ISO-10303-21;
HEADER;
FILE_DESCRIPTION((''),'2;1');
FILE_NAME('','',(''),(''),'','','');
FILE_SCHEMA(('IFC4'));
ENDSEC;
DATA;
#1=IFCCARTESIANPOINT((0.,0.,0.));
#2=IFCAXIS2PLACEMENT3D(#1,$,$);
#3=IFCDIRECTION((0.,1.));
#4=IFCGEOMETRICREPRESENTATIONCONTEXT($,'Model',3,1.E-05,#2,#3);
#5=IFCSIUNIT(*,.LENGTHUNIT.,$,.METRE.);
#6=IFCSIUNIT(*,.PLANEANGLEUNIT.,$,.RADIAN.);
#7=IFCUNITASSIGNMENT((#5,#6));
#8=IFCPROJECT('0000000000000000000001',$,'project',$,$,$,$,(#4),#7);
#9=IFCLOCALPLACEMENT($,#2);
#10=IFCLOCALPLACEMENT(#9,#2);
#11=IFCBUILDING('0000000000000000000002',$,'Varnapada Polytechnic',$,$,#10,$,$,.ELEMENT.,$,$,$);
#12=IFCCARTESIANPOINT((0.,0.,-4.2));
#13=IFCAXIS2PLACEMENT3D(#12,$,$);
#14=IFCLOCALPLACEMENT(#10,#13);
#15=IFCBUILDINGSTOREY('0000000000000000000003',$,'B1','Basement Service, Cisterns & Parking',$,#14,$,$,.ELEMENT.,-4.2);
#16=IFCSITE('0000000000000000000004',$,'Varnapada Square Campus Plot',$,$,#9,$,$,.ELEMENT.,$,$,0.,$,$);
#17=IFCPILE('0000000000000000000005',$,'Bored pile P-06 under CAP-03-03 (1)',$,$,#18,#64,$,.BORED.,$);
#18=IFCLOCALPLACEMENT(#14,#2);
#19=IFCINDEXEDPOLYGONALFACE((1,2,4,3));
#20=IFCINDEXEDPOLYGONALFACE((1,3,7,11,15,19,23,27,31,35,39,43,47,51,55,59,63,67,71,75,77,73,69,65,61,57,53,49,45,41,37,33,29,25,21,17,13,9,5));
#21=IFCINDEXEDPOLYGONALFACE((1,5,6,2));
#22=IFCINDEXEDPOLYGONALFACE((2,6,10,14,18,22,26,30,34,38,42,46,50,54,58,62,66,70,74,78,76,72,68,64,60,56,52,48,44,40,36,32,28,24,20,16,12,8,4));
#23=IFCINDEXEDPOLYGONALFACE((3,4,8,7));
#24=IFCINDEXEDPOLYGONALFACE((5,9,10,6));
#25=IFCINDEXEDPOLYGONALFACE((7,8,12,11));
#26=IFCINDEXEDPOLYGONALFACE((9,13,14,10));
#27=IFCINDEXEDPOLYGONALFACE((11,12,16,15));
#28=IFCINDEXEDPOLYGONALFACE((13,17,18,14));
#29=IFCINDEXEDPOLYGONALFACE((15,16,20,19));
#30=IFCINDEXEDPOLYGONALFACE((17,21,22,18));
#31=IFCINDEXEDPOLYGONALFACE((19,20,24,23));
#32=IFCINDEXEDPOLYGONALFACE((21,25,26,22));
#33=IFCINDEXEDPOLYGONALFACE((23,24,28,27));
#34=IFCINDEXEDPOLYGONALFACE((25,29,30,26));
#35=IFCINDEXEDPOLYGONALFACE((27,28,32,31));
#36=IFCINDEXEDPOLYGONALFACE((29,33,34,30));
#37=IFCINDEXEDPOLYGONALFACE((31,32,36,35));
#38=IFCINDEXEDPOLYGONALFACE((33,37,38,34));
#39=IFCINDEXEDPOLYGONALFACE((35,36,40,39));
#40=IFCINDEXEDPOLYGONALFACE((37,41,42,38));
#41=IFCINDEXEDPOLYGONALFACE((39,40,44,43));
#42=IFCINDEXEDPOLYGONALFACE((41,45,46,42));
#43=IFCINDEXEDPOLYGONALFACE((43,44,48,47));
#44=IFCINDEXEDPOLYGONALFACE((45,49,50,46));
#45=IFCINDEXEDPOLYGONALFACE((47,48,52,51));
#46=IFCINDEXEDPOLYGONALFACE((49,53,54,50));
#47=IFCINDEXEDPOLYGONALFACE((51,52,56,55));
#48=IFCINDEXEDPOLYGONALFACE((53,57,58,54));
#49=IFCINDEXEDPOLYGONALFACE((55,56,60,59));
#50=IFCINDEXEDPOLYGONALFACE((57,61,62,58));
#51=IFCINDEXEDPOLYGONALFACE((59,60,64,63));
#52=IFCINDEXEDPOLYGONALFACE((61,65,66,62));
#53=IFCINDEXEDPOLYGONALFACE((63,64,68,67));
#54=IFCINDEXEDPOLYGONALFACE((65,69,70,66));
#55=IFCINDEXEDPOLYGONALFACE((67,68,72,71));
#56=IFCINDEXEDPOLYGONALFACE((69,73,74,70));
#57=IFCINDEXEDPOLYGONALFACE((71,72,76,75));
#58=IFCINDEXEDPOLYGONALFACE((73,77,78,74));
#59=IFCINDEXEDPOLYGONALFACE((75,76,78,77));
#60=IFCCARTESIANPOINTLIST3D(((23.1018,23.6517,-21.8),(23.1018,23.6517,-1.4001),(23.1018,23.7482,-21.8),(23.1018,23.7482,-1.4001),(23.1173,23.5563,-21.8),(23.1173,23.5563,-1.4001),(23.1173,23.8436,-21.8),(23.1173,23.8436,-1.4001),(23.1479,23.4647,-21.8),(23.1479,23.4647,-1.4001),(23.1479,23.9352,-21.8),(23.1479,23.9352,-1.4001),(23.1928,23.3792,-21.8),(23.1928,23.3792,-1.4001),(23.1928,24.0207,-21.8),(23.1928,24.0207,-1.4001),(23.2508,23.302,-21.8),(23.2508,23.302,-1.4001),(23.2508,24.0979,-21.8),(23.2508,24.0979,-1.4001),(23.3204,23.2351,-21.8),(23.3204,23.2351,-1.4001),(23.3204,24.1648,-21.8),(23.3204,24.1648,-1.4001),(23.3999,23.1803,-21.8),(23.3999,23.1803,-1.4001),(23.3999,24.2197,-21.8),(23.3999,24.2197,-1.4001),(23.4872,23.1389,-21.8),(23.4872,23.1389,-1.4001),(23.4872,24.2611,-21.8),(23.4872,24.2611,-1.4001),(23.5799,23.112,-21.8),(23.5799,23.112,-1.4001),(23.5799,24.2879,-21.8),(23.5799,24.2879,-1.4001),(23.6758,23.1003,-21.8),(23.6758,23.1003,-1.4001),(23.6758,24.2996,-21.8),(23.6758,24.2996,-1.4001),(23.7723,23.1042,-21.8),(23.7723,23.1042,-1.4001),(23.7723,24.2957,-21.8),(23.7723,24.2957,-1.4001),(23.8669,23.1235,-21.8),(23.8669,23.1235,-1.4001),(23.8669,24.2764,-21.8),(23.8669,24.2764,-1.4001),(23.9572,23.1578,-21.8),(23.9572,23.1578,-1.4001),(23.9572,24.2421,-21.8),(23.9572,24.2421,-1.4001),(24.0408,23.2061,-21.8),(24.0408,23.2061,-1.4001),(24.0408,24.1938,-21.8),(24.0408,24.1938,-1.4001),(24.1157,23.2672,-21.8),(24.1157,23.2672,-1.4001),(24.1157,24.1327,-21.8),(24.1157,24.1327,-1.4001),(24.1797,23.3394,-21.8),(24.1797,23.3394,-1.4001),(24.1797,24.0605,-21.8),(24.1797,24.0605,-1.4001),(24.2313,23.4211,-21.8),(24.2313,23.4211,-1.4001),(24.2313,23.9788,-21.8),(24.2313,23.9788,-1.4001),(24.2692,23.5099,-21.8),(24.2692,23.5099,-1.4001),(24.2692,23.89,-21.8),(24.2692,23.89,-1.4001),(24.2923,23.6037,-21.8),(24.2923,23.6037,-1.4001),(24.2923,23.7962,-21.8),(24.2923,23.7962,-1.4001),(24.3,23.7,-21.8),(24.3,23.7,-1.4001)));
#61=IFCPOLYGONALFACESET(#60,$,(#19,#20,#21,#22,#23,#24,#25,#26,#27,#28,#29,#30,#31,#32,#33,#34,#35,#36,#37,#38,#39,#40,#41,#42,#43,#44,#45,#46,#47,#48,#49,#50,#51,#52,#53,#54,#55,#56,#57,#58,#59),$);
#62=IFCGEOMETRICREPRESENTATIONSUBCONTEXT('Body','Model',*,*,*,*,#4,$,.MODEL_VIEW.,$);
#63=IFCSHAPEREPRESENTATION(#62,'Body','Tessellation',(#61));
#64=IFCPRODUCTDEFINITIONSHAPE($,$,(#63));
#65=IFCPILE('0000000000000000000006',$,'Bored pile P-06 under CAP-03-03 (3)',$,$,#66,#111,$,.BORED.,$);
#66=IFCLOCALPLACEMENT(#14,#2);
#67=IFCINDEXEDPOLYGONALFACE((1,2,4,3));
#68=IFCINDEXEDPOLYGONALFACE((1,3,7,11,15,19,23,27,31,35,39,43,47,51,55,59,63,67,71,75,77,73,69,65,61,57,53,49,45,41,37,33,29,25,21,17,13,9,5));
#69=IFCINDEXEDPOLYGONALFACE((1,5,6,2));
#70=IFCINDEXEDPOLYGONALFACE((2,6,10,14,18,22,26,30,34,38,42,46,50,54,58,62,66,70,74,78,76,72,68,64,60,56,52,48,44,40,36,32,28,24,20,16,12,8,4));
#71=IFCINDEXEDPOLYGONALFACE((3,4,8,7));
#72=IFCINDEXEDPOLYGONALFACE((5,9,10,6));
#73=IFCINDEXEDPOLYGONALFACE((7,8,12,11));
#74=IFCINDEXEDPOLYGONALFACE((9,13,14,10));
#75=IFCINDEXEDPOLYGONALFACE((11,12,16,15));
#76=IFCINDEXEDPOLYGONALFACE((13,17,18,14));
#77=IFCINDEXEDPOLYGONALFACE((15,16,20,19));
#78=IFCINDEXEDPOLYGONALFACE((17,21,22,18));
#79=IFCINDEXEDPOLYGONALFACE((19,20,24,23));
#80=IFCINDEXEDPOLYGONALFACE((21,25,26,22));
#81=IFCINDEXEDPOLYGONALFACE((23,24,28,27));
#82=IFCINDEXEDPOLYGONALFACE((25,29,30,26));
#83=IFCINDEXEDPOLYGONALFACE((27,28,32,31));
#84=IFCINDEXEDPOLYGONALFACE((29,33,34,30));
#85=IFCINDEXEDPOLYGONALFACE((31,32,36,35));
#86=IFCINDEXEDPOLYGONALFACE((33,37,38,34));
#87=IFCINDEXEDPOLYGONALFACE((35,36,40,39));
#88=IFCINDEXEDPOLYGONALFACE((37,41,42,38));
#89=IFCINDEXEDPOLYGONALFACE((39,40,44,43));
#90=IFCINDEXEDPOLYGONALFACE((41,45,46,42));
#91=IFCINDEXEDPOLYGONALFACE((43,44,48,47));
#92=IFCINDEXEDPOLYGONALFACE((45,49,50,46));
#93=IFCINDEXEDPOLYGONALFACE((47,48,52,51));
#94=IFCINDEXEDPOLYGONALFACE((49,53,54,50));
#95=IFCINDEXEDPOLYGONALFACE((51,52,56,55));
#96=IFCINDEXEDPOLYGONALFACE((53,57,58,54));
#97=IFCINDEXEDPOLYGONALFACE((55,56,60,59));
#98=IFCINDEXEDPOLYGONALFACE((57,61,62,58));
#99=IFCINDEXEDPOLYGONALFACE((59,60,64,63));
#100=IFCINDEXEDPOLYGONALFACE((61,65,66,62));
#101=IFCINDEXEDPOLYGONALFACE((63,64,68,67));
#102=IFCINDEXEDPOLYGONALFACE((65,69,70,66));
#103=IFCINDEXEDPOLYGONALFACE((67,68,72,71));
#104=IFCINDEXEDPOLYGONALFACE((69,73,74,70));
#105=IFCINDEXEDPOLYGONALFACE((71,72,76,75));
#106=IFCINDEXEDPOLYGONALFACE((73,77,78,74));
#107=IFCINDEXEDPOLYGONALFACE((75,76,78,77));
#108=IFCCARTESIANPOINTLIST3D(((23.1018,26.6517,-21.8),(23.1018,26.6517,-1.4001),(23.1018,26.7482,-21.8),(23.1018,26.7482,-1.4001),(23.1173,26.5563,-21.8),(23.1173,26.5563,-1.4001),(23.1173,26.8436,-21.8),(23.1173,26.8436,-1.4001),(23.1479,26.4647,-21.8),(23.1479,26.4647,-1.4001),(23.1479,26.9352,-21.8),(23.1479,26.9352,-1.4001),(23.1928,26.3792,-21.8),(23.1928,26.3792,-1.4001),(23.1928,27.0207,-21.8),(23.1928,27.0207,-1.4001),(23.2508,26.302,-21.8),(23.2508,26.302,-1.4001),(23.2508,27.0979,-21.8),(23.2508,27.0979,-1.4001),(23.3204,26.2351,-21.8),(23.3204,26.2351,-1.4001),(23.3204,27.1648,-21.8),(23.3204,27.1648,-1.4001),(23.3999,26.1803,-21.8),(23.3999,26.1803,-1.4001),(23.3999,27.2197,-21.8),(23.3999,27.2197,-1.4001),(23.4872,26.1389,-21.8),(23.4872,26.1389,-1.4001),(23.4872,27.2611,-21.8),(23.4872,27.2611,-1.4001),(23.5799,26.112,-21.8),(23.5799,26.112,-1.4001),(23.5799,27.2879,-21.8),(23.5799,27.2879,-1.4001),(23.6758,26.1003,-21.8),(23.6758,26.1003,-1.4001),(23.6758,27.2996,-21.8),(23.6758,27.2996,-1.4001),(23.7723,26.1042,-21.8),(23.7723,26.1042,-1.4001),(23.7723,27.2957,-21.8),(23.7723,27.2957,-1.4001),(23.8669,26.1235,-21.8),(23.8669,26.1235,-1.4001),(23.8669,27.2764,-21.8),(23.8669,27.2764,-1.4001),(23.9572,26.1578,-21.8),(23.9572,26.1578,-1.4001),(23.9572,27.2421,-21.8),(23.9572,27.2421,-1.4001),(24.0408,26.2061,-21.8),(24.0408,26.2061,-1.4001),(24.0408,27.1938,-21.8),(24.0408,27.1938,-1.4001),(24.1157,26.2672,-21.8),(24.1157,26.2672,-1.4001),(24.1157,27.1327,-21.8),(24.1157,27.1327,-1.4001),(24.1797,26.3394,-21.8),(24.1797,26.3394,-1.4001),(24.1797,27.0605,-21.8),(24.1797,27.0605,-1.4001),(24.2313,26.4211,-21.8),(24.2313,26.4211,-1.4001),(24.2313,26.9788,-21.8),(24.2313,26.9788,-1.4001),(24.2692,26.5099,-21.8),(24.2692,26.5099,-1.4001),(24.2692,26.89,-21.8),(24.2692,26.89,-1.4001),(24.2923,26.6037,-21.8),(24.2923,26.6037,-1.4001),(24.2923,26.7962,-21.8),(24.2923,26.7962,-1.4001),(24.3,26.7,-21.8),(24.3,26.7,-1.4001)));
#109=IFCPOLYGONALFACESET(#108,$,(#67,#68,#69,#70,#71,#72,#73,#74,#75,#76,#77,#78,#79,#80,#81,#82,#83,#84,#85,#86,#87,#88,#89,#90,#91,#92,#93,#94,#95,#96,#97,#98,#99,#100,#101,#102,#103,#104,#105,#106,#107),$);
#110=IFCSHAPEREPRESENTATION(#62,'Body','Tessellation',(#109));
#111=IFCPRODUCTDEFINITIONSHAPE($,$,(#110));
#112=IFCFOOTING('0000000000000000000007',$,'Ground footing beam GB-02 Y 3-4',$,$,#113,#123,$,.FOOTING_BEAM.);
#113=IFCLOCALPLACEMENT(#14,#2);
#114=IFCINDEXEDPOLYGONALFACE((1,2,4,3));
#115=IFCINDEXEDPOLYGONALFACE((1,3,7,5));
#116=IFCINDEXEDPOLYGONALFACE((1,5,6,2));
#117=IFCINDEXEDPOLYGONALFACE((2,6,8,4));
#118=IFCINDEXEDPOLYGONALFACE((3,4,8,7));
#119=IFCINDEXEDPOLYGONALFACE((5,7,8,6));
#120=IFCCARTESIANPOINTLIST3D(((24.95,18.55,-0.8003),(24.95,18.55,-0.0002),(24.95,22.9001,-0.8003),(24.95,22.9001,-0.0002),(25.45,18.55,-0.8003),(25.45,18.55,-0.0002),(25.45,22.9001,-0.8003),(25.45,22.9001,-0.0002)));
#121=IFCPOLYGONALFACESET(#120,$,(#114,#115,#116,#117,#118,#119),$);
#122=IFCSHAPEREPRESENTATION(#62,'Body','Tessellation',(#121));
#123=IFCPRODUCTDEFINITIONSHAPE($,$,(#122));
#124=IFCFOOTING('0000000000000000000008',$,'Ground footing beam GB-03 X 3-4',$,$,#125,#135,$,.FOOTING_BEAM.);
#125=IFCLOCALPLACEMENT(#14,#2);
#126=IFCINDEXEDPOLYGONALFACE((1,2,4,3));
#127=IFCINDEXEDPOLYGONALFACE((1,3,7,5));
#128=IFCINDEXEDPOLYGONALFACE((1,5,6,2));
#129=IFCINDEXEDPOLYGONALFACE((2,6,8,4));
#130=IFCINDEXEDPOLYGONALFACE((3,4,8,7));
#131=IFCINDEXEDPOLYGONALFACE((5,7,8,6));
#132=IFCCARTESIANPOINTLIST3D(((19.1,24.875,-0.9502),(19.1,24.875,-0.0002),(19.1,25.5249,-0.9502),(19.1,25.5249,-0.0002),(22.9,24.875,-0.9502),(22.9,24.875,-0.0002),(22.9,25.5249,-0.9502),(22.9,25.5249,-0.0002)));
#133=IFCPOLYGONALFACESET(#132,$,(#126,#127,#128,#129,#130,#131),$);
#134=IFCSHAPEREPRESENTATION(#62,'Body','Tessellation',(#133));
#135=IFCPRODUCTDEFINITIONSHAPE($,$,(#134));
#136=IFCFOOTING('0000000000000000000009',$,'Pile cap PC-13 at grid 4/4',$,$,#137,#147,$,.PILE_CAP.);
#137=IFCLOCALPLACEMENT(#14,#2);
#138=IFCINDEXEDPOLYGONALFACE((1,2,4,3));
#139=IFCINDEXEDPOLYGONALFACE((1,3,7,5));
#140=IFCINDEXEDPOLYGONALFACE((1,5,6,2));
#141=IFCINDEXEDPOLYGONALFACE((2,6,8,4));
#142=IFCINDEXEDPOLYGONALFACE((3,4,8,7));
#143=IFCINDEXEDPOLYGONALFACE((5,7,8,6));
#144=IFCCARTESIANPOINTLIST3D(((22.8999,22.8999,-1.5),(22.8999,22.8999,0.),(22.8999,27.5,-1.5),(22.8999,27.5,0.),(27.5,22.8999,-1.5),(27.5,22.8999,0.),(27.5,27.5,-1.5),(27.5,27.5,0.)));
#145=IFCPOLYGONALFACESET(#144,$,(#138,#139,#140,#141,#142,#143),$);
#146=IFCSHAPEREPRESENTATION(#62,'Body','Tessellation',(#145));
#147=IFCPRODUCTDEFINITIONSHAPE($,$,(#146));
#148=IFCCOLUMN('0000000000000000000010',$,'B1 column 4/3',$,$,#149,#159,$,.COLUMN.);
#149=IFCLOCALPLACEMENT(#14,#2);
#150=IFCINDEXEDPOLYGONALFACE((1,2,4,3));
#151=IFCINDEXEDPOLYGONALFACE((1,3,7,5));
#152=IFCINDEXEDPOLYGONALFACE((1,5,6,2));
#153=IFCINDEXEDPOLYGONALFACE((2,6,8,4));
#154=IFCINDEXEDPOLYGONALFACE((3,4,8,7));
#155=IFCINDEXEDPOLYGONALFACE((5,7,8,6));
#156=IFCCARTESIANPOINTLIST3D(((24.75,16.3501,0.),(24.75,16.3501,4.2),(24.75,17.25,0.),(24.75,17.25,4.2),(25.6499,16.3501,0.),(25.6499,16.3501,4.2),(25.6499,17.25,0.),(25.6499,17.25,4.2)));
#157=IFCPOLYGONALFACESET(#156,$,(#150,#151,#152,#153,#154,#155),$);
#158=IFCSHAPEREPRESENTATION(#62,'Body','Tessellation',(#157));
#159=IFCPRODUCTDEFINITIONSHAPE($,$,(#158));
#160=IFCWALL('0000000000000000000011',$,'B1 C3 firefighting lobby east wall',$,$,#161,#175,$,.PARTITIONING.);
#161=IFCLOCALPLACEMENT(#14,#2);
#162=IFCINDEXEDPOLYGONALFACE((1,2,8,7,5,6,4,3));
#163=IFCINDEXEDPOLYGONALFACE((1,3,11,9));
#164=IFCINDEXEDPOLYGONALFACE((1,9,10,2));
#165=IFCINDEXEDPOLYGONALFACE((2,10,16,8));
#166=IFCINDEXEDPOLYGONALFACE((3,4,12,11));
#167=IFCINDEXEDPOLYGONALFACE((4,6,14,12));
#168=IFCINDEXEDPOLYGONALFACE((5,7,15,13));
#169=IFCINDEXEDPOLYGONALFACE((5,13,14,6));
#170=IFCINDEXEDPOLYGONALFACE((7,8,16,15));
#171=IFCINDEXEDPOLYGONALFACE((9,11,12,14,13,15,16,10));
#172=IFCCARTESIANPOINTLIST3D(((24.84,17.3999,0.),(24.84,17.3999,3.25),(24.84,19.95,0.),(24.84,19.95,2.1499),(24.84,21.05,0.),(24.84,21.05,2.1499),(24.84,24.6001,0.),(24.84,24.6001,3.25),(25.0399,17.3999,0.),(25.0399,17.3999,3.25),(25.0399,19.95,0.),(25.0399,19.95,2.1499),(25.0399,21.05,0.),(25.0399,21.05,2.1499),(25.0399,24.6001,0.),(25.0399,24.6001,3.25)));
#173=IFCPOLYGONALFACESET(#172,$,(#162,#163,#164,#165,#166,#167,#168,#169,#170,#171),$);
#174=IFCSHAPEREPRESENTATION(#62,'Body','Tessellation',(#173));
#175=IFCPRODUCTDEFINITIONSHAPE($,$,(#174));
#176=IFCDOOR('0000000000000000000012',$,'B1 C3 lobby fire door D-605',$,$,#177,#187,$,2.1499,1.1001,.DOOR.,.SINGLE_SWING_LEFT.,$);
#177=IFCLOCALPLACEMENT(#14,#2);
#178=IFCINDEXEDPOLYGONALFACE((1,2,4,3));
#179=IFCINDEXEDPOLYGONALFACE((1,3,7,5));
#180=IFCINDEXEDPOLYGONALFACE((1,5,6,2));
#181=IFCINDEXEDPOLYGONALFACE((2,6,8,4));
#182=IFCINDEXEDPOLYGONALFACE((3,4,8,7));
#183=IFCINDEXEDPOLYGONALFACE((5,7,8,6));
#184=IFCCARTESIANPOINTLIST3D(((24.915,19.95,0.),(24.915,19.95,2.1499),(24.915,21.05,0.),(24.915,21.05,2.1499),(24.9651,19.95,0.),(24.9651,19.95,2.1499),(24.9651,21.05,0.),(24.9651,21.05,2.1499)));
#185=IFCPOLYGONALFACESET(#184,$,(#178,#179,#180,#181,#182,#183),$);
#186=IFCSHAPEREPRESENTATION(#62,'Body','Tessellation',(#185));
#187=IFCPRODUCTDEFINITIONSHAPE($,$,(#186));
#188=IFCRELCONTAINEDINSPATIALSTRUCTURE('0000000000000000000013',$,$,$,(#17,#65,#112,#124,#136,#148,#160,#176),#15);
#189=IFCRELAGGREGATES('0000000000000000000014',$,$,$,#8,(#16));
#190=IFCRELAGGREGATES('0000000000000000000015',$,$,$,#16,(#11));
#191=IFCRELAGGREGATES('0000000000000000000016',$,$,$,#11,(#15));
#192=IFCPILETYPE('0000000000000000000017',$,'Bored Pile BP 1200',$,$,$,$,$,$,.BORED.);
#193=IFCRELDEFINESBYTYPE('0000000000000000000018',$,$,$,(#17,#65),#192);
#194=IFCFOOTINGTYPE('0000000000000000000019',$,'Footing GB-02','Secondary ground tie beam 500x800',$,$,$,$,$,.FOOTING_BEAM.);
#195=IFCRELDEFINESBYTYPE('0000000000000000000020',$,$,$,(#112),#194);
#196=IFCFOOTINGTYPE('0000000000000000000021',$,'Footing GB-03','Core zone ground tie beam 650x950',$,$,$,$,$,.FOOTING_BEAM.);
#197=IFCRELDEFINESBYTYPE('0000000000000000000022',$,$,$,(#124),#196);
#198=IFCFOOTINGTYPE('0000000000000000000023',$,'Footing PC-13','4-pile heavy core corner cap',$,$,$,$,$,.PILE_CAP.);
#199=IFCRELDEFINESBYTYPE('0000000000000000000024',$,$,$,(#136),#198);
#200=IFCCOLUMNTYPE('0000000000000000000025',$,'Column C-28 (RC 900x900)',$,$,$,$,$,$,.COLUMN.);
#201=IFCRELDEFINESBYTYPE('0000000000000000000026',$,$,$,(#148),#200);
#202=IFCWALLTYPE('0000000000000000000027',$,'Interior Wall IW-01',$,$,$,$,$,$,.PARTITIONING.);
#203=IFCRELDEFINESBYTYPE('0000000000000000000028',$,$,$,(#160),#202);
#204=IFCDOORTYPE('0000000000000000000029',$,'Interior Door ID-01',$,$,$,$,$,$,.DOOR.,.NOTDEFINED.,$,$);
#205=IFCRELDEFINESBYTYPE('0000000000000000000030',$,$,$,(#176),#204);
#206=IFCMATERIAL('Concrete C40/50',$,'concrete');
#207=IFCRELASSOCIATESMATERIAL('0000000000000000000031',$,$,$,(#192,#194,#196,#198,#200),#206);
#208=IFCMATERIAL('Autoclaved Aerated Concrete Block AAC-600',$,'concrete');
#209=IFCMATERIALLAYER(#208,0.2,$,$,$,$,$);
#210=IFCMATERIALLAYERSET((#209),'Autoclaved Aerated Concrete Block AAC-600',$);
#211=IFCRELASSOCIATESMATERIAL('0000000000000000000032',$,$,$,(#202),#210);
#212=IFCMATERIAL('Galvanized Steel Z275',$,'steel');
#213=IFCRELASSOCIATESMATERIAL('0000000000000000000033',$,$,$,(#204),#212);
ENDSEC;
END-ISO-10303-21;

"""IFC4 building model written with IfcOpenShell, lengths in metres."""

from ifc_helpers import new_model, si_unit, direction, frame, frame_2d, origin, origin_2d, place, context, subcontext, project, spatial, rectangle, circle, extrude, material, layer, layer_set, material_profile, profile_set, type_object, element, fill, save


model = new_model("IFC4")

# Units and contexts
model_context = context("Model", 3, precision=1e-05, world=origin(), true_north=direction((0.0, 1.0)))
body_context = subcontext(model_context, "Body", "Model", "MODEL_VIEW")
ifc_project = project(units=[si_unit("LENGTHUNIT", "METRE"), si_unit("PLANEANGLEUNIT", "RADIAN")], contexts=[model_context])

# Site, building, storey
site_placement = place(None, origin())
site = spatial("IfcSite", under=ifc_project, at=site_placement, Name="Varnapada Square Campus Plot", CompositionType="ELEMENT", RefElevation=0.0)
building_placement = place(site_placement, origin())
building = spatial("IfcBuilding", under=site, at=building_placement, Name="Varnapada Polytechnic", CompositionType="ELEMENT")
storey_placement = place(building_placement, frame((0.0, 0.0, -4.2)))
storey = spatial("IfcBuildingStorey", under=building, at=storey_placement, Name="B1", Description="Basement Service, Cisterns & Parking", CompositionType="ELEMENT", Elevation=-4.2)

# Piles
ifc_material_1 = material(Name="Concrete C40/50", Category="concrete")
ifc_material_profile_1 = material_profile(ifc_material_1, circle(Radius=0.6001, at=origin_2d()), Name="BP 1200")
ifc_profile_set_1 = profile_set([ifc_material_profile_1], Name="Concrete C40/50")
pile_type_1 = type_object("IfcPileType", Name="Bored Pile BP 1200", PredefinedType="BORED", material=ifc_profile_set_1)
for number, where, z_axis, x_axis, name in (
    (1, (23.7, 23.7, -1.4001), (0.0, 0.0, -1.0), (1.0, 0.0, 0.0), "Bored pile P-06 under CAP-03-03 (1)"),
    (2, (23.7, 26.7, -1.4001), (0.0, 0.0, -1.0), (1.0, 0.0, 0.0), "Bored pile P-06 under CAP-03-03 (3)"),
):
    element("IfcPile", number, at=place(storey_placement, frame(where, z_axis=z_axis, x_axis=x_axis)), inside=storey, type_object=pile_type_1, Name=name, PredefinedType="BORED", context=body_context, shape_type="SweptSolid", body=[
        extrude(circle(Radius=0.6001, at=origin_2d()), origin(), (0.0, 0.0, 1.0), 20.3999),
    ])

# Footings
footing_type_1 = type_object("IfcFootingType", Name="Footing GB-02", Description="Secondary ground tie beam 500x800", PredefinedType="FOOTING_BEAM", material=ifc_material_1)
footing_1_placement = place(storey_placement, frame((25.2, 20.7251, -0.8003), z_axis=(0.0, 0.0, 1.0), x_axis=(0.0, 1.0, 0.0)))
element("IfcFooting", 3, at=footing_1_placement, inside=storey, type_object=footing_type_1, Name="Ground footing beam GB-02 Y 3-4", PredefinedType="FOOTING_BEAM", context=body_context, shape_type="SweptSolid", body=[
    extrude(rectangle(XDim=4.3501, YDim=0.5, at=origin_2d()), origin(), (0.0, 0.0, 1.0), 0.8),
])
footing_type_2 = type_object("IfcFootingType", Name="Footing GB-03", Description="Core zone ground tie beam 650x950", PredefinedType="FOOTING_BEAM", material=ifc_material_1)
footing_2_placement = place(storey_placement, frame((21.0, 25.2, -0.9502), z_axis=(0.0, 0.0, 1.0), x_axis=(1.0, 0.0, 0.0)))
element("IfcFooting", 4, at=footing_2_placement, inside=storey, type_object=footing_type_2, Name="Ground footing beam GB-03 X 3-4", PredefinedType="FOOTING_BEAM", context=body_context, shape_type="SweptSolid", body=[
    extrude(rectangle(XDim=3.8, YDim=0.6499, at=origin_2d()), origin(), (0.0, 0.0, 1.0), 0.95),
])
footing_type_3 = type_object("IfcFootingType", Name="Footing PC-13", Description="4-pile heavy core corner cap", PredefinedType="PILE_CAP", material=ifc_material_1)
footing_3_placement = place(storey_placement, frame((25.2, 25.2, -1.5), z_axis=(0.0, 0.0, 1.0), x_axis=(1.0, 0.0, 0.0)))
element("IfcFooting", 5, at=footing_3_placement, inside=storey, type_object=footing_type_3, Name="Pile cap PC-13 at grid 4/4", PredefinedType="PILE_CAP", context=body_context, shape_type="SweptSolid", body=[
    extrude(rectangle(XDim=4.6001, YDim=4.6001, at=origin_2d()), origin(), (0.0, 0.0, 1.0), 1.5),
])

# Column
ifc_material_profile_2 = material_profile(ifc_material_1, rectangle(XDim=0.8999, YDim=0.8999, at=origin_2d()), Name="RC 900x900")
ifc_profile_set_2 = profile_set([ifc_material_profile_2], Name="Concrete C40/50")
column_type = type_object("IfcColumnType", Name="Column C-28 (RC 900x900)", PredefinedType="COLUMN", material=ifc_profile_set_2)
column_placement = place(storey_placement, frame((25.2, 16.8, 0.0), z_axis=(0.0, 0.0, 1.0), x_axis=(1.0, 0.0, 0.0)))
element("IfcColumn", 6, at=column_placement, inside=storey, type_object=column_type, Name="B1 column 4/3", PredefinedType="COLUMN", context=body_context, shape_type="SweptSolid", body=[
    extrude(rectangle(XDim=0.8999, YDim=0.8999, at=origin_2d()), origin(), (0.0, 0.0, 1.0), 4.2),
])

# Wall, opening, door
ifc_material_2 = material(Name="Autoclaved Aerated Concrete Block AAC-600", Category="concrete")
ifc_layer_1 = layer(ifc_material_2, 0.2)
ifc_layer_set_1 = layer_set([ifc_layer_1], Name="Autoclaved Aerated Concrete Block AAC-600")
wall_type_1 = type_object("IfcWallType", Name="Interior Wall IW-01", PredefinedType="PARTITIONING", material=ifc_layer_set_1)
wall_1_placement = place(storey_placement, frame((24.9399, 24.6001, 0.0), z_axis=(0.0, 0.0, 1.0), x_axis=(0.0, -1.0, 0.0)))
wall_1 = element("IfcWall", 7, at=wall_1_placement, inside=storey, type_object=wall_type_1, Name="B1 C3 firefighting lobby east wall", PredefinedType="PARTITIONING", context=body_context, shape_type="SweptSolid", body=[
    extrude(rectangle(XDim=7.2002, YDim=0.2, at=frame_2d((3.6001, 0.0))), origin(), (0.0, 0.0, 1.0), 3.25),
])
opening_1_placement = place(wall_1_placement, frame((3.55, 0.0, 0.0)))
opening_1 = element("IfcOpeningElement", 8, at=opening_1_placement, cuts=wall_1, PredefinedType="OPENING", context=body_context, shape_type="SweptSolid", body=[
    extrude(rectangle(XDim=1.1001, YDim=2.1499, at=frame_2d((0.55, 1.075))), frame((0.0, 0.1099, 0.0), z_axis=(0.0, -1.0, 0.0), x_axis=(1.0, 0.0, 0.0)), (0.0, 0.0, 1.0), 0.22),
])
ifc_material_3 = material(Name="Galvanized Steel Z275", Category="steel")
door_type_1 = type_object("IfcDoorType", Name="Interior Door ID-01", OperationType="NOTDEFINED", PredefinedType="DOOR", material=ifc_material_3)
door_1_placement = place(opening_1_placement, frame((1.1001, 0.0, 0.0), z_axis=(0.0, 0.0, 1.0), x_axis=(-1.0, 0.0, 0.0)))
door_1 = element("IfcDoor", 9, at=door_1_placement, inside=storey, type_object=door_type_1, Name="B1 C3 lobby fire door D-605", OperationType="SINGLE_SWING_LEFT", OverallHeight=2.1499, OverallWidth=1.1001, PredefinedType="DOOR", context=body_context, shape_type="SweptSolid", body=[
    extrude(rectangle(XDim=1.1001, YDim=2.1499, at=frame_2d((0.55, 1.075))), frame((0.0, 0.0249, 0.0), z_axis=(0.0, -1.0, 0.0), x_axis=(1.0, 0.0, 0.0)), (0.0, 0.0, 1.0), 0.05),
])
fill(opening_1, door_1)

save(model, "model.ifc")
